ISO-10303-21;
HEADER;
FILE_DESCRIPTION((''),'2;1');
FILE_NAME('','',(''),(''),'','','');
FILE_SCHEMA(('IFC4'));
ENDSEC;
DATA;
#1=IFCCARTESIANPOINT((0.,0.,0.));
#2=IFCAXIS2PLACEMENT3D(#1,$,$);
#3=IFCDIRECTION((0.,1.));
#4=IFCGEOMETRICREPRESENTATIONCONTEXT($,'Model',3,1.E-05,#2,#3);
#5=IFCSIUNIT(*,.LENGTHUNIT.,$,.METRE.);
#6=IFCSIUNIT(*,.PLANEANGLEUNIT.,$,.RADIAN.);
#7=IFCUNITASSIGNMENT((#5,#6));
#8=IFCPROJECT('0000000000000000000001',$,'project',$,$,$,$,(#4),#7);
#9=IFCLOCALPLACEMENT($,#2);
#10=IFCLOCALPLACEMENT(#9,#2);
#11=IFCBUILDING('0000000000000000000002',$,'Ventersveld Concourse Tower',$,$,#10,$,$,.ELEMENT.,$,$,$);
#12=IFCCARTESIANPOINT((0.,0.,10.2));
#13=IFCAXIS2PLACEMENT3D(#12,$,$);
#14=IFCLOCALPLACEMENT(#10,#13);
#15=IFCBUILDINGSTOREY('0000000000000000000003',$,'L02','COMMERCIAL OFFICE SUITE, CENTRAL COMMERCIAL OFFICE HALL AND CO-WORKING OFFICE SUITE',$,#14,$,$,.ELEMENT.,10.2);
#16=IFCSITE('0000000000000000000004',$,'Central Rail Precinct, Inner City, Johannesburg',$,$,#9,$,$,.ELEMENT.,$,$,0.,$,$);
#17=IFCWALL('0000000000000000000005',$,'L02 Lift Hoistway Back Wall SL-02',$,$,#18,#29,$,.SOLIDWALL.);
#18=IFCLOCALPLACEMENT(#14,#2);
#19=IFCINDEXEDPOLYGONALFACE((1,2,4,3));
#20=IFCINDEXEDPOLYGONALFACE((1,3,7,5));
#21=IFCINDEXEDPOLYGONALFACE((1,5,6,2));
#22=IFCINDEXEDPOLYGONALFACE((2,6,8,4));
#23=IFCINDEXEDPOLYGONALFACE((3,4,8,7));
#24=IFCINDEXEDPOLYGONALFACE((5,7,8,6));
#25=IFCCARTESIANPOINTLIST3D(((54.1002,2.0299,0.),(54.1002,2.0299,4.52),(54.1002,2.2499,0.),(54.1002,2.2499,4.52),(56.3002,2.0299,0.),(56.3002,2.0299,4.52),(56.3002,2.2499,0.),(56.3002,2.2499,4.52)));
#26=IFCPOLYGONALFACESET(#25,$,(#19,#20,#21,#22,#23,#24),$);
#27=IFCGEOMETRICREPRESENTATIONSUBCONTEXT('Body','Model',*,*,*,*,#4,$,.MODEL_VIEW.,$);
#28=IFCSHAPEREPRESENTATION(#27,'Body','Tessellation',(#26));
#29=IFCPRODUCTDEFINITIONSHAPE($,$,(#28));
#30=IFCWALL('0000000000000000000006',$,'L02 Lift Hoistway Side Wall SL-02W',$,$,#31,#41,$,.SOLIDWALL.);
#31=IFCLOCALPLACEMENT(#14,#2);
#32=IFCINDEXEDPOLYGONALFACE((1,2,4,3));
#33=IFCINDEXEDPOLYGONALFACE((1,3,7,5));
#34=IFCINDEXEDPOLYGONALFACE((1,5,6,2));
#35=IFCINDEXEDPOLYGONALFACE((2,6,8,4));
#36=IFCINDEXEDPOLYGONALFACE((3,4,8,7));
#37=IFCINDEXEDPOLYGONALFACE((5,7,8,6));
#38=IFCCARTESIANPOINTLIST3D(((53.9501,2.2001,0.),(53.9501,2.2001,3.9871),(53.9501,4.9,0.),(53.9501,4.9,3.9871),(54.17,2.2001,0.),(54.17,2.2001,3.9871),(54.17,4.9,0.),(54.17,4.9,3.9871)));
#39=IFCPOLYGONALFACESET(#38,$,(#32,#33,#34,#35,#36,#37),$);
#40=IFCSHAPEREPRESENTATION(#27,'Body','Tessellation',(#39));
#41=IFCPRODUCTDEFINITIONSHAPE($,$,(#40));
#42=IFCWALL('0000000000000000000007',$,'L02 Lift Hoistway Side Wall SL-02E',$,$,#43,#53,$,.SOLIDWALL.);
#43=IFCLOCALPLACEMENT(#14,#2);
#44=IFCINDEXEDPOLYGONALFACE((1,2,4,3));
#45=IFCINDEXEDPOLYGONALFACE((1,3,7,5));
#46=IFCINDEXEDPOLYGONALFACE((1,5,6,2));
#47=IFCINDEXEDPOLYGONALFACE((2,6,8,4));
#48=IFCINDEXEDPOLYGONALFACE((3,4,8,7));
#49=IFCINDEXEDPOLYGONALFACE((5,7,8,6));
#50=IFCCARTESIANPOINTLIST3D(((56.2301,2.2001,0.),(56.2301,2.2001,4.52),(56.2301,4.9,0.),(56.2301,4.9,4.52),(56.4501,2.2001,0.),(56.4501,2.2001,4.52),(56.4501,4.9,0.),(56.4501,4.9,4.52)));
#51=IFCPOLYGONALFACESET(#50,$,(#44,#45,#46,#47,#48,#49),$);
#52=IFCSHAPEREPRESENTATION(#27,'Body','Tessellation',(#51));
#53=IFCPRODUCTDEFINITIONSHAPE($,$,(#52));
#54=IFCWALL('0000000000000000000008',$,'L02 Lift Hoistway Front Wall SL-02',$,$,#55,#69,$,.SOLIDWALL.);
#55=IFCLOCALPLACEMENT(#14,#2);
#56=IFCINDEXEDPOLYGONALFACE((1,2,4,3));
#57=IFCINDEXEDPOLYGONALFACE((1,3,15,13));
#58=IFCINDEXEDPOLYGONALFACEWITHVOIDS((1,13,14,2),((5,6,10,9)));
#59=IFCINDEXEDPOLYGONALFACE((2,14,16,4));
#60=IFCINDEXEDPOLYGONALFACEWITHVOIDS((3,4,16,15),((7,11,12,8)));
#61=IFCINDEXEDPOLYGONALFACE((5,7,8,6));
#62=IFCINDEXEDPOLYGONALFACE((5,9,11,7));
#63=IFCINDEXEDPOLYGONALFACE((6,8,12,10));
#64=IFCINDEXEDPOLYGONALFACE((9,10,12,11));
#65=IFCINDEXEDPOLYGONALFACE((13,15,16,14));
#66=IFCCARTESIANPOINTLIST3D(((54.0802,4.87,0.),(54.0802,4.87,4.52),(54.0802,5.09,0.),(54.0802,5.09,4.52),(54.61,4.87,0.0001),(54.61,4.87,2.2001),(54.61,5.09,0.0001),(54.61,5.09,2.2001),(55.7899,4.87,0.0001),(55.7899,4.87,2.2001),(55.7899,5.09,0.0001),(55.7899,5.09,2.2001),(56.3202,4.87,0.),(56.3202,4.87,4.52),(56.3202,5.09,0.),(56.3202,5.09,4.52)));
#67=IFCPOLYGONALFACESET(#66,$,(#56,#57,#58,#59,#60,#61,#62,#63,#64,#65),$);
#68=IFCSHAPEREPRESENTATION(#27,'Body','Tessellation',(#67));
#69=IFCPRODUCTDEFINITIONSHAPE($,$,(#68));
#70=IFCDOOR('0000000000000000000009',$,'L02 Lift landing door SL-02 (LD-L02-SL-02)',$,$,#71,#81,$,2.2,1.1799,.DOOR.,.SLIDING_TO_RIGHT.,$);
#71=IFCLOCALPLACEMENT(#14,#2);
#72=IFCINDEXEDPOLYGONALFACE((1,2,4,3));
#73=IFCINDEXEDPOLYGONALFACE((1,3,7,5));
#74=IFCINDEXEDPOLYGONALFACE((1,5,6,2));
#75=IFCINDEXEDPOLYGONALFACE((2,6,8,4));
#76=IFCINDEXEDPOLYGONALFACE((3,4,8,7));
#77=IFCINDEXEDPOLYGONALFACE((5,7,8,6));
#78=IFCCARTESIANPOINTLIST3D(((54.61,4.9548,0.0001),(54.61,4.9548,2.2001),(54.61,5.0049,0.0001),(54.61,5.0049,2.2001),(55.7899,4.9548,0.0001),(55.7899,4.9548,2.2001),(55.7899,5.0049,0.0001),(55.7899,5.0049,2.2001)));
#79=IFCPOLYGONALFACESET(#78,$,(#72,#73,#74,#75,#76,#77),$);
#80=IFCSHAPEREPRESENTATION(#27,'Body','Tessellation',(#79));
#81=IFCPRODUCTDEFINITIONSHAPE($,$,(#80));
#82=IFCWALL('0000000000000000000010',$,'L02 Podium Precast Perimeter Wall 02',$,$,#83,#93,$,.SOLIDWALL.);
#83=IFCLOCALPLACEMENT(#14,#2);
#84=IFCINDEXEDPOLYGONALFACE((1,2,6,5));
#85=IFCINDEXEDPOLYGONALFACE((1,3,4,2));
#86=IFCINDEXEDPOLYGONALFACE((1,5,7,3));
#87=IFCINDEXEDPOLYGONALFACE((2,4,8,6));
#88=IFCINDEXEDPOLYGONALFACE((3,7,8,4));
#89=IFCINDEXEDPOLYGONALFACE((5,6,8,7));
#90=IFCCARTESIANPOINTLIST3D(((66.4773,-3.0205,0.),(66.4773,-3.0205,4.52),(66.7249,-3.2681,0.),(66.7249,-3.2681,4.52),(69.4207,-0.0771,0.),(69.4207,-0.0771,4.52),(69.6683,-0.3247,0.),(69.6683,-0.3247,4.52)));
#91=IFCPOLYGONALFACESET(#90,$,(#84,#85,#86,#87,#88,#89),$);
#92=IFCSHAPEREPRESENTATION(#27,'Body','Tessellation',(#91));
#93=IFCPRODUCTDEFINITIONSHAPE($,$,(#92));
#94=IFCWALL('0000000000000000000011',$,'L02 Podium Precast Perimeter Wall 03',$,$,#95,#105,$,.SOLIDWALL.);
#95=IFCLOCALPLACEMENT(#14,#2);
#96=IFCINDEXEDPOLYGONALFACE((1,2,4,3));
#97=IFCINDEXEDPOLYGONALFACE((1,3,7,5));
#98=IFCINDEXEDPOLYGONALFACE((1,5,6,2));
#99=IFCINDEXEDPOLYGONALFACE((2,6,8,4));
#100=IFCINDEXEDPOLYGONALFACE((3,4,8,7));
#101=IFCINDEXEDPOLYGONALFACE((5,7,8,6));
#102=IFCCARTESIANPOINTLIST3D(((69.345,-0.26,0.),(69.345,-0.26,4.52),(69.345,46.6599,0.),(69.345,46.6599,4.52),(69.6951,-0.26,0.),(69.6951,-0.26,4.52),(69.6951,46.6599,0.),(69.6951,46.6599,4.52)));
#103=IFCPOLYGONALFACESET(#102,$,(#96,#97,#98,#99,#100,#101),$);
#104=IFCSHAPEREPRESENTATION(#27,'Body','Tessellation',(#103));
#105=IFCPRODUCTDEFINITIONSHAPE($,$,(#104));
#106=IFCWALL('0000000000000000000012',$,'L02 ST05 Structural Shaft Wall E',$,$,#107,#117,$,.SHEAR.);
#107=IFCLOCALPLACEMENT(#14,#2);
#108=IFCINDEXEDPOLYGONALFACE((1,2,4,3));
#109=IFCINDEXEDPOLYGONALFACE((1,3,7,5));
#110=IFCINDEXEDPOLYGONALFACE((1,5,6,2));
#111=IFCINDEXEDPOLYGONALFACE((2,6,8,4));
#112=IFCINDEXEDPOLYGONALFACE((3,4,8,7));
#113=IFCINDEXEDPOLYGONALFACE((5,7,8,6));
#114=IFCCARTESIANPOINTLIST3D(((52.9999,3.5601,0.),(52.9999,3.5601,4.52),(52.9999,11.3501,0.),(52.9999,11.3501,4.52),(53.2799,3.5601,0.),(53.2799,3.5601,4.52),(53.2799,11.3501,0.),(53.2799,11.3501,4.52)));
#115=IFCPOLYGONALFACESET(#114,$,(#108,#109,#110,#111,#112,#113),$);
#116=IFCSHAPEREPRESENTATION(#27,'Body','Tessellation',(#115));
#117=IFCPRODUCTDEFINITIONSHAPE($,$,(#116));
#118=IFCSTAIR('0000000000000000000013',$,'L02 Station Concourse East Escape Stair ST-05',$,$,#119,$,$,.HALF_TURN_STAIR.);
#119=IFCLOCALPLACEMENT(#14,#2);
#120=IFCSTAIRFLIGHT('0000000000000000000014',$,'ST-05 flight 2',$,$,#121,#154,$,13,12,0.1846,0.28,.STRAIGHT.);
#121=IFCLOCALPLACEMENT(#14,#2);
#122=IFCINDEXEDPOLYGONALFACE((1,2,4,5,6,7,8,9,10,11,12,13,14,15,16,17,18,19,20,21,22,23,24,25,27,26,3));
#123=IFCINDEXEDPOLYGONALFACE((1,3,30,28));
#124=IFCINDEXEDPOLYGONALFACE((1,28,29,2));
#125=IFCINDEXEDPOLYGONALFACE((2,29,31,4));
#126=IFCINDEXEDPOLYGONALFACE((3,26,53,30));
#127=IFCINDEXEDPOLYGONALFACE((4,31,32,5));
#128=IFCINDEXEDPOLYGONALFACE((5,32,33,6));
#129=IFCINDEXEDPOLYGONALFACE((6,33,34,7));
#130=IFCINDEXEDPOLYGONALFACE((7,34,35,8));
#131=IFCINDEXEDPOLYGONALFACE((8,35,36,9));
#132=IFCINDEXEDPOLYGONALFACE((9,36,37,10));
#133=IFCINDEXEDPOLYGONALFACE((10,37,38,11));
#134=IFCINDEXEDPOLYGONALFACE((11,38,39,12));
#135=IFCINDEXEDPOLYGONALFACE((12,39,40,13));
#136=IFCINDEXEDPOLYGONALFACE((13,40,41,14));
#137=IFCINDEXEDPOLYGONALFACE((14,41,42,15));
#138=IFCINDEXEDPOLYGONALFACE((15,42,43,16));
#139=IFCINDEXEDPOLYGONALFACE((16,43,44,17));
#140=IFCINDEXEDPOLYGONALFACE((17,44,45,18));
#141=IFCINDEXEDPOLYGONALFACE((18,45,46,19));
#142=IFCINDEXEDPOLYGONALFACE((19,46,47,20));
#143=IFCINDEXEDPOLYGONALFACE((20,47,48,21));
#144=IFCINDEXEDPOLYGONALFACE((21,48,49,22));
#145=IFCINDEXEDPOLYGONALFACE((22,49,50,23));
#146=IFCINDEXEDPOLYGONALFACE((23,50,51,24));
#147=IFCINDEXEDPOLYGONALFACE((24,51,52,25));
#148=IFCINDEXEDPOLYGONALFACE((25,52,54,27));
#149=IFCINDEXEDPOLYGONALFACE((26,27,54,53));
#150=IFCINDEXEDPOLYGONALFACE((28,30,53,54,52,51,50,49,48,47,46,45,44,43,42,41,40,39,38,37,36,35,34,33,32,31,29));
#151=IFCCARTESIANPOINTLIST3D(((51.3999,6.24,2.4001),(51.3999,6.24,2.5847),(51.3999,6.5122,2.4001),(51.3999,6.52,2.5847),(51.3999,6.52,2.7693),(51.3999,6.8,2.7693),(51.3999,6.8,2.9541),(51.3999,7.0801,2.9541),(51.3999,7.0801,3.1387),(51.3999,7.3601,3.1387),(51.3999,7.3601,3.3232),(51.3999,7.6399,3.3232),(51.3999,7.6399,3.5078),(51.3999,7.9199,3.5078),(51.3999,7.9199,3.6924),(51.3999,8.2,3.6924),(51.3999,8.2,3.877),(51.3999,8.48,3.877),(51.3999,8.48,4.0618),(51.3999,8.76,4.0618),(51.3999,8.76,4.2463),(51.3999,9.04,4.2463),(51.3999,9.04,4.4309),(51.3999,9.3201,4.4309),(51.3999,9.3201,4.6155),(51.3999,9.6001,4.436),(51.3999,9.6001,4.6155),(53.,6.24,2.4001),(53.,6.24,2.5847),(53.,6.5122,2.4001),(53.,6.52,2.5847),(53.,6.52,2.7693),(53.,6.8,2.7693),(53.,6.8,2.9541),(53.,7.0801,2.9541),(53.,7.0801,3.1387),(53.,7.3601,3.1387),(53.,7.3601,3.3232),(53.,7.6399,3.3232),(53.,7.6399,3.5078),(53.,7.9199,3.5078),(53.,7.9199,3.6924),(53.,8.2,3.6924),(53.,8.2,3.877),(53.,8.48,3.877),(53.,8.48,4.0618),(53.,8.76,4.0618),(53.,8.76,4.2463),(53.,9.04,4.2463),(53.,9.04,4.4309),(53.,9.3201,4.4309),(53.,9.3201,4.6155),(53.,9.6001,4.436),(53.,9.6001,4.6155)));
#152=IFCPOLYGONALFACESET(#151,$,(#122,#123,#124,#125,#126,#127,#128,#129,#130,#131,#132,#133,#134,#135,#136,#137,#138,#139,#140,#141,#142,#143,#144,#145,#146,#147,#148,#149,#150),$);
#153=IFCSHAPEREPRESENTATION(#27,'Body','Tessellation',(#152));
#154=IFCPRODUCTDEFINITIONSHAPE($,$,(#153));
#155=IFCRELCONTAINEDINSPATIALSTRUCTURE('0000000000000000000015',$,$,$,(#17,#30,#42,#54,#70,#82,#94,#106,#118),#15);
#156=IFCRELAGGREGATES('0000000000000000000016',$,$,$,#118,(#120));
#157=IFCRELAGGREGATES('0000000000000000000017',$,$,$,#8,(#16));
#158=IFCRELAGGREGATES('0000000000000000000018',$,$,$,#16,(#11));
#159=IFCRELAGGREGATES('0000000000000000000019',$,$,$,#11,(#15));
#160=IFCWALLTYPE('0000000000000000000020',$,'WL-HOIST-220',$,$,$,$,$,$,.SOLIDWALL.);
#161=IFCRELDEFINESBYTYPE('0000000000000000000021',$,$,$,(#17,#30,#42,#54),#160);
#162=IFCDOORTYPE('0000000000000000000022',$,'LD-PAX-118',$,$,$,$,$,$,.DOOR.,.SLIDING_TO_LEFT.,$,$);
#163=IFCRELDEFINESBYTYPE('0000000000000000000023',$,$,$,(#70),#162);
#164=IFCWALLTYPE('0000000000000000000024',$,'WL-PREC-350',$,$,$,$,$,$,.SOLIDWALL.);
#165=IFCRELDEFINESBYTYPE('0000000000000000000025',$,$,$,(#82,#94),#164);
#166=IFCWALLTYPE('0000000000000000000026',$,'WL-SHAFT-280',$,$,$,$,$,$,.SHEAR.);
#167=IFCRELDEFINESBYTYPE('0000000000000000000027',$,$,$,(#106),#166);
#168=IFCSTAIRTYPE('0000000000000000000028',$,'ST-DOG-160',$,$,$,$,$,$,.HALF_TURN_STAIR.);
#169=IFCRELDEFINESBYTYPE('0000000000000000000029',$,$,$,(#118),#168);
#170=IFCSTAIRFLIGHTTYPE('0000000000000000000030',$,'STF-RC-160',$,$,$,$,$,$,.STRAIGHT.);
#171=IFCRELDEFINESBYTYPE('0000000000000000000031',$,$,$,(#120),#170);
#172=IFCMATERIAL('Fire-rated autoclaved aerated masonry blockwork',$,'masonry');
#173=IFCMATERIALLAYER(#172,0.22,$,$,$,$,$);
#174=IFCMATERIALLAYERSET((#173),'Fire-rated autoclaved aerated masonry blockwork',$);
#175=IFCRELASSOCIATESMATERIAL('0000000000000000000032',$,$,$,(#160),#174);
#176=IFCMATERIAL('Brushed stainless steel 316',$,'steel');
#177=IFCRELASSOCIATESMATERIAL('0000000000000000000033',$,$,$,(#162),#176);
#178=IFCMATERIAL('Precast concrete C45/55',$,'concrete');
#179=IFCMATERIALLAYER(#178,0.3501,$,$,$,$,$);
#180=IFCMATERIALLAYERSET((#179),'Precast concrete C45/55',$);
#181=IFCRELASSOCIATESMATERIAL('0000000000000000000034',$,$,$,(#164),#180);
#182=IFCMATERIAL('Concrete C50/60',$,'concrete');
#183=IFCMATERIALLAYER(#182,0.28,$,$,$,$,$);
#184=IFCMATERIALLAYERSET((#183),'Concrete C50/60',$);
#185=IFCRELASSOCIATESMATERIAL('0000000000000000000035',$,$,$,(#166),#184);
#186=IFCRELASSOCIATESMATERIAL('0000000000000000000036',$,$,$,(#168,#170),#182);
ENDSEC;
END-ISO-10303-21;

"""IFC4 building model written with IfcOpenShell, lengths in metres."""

from ifc_helpers import new_model, si_unit, direction, frame, frame_2d, origin, place, context, subcontext, project, spatial, polyline, rectangle, outline, extrude, material, layer, layer_set, type_object, element, fill, aggregate, save


model = new_model("IFC4")

# Units and contexts
model_context = context("Model", 3, precision=1e-05, world=origin(), true_north=direction((0.0, 1.0)))
body_context = subcontext(model_context, "Body", "Model", "MODEL_VIEW")
ifc_project = project(units=[si_unit("LENGTHUNIT", "METRE"), si_unit("PLANEANGLEUNIT", "RADIAN")], contexts=[model_context])

# Site, building, storey
site_placement = place(None, origin())
site = spatial("IfcSite", under=ifc_project, at=site_placement, Name="Central Rail Precinct, Inner City, Johannesburg", CompositionType="ELEMENT", RefElevation=0.0)
building_placement = place(site_placement, origin())
building = spatial("IfcBuilding", under=site, at=building_placement, Name="Ventersveld Concourse Tower", CompositionType="ELEMENT")
storey_placement = place(building_placement, frame((0.0, 0.0, 10.2)))
storey = spatial("IfcBuildingStorey", under=building, at=storey_placement, Name="L02", Description="COMMERCIAL OFFICE SUITE, CENTRAL COMMERCIAL OFFICE HALL AND CO-WORKING OFFICE SUITE", CompositionType="ELEMENT", Elevation=10.2)

# Walls
ifc_material_1 = material(Name="Fire-rated autoclaved aerated masonry blockwork", Category="masonry")
ifc_layer_1 = layer(ifc_material_1, 0.22)
ifc_layer_set_1 = layer_set([ifc_layer_1], Name="Fire-rated autoclaved aerated masonry blockwork")
wall_type_1 = type_object("IfcWallType", Name="WL-HOIST-220", PredefinedType="SOLIDWALL", material=ifc_layer_set_1)
wall_1_placement = place(storey_placement, frame((54.1001, 2.1399, 0.0), z_axis=(0.0, 0.0, 1.0), x_axis=(1.0, 0.0, 0.0)))
element("IfcWall", 1, at=wall_1_placement, inside=storey, type_object=wall_type_1, Name="L02 Lift Hoistway Back Wall SL-02", PredefinedType="SOLIDWALL", context=body_context, shape_type="SweptSolid", body=[
    extrude(rectangle(XDim=2.2, YDim=0.22, at=frame_2d((1.1001, 0.0))), origin(), (0.0, 0.0, 1.0), 4.52),
])
wall_2_placement = place(storey_placement, frame((54.0601, 2.2, 0.0), z_axis=(0.0, 0.0, 1.0), x_axis=(0.0, 1.0, 0.0)))
element("IfcWall", 2, at=wall_2_placement, inside=storey, type_object=wall_type_1, Name="L02 Lift Hoistway Side Wall SL-02W", PredefinedType="SOLIDWALL", context=body_context, shape_type="SweptSolid", body=[
    extrude(rectangle(XDim=2.7, YDim=0.22, at=frame_2d((1.3501, 0.0))), origin(), (0.0, 0.0, 1.0), 3.9871),
])
wall_3_placement = place(storey_placement, frame((56.3401, 2.2, 0.0), z_axis=(0.0, 0.0, 1.0), x_axis=(0.0, 1.0, 0.0)))
element("IfcWall", 3, at=wall_3_placement, inside=storey, type_object=wall_type_1, Name="L02 Lift Hoistway Side Wall SL-02E", PredefinedType="SOLIDWALL", context=body_context, shape_type="SweptSolid", body=[
    extrude(rectangle(XDim=2.7, YDim=0.22, at=frame_2d((1.3501, 0.0))), origin(), (0.0, 0.0, 1.0), 4.52),
])

# Wall, opening, door
wall_4_placement = place(storey_placement, frame((54.0801, 4.98, 0.0), z_axis=(0.0, 0.0, 1.0), x_axis=(1.0, 0.0, 0.0)))
wall_4 = element("IfcWall", 4, at=wall_4_placement, inside=storey, type_object=wall_type_1, Name="L02 Lift Hoistway Front Wall SL-02", PredefinedType="SOLIDWALL", context=body_context, shape_type="SweptSolid", body=[
    extrude(rectangle(XDim=2.24, YDim=0.22, at=frame_2d((1.1201, 0.0))), origin(), (0.0, 0.0, 1.0), 4.52),
])
opening_placement = place(wall_4_placement, frame((0.53, 0.0, 0.0)))
opening = element("IfcOpeningElement", 5, at=opening_placement, cuts=wall_4, PredefinedType="OPENING", context=body_context, shape_type="SweptSolid", body=[
    extrude(rectangle(XDim=1.1799, YDim=2.2, at=frame_2d((0.5898, 1.1001))), frame((0.0, 0.1201, 0.0), z_axis=(0.0, -1.0, 0.0), x_axis=(1.0, 0.0, 0.0)), (0.0, 0.0, 1.0), 0.24),
])
ifc_material_2 = material(Name="Brushed stainless steel 316", Category="steel")
door_type = type_object("IfcDoorType", Name="LD-PAX-118", OperationType="SLIDING_TO_LEFT", PredefinedType="DOOR", material=ifc_material_2)
door_placement = place(opening_placement, origin())
door = element("IfcDoor", 6, at=door_placement, inside=storey, type_object=door_type, Name="L02 Lift landing door SL-02 (LD-L02-SL-02)", OperationType="SLIDING_TO_RIGHT", OverallHeight=2.2, OverallWidth=1.1799, PredefinedType="DOOR", context=body_context, shape_type="SweptSolid", body=[
    extrude(rectangle(XDim=1.1799, YDim=2.2, at=frame_2d((0.5898, 1.1001))), frame((0.0, 0.0249, 0.0), z_axis=(0.0, -1.0, 0.0), x_axis=(1.0, 0.0, 0.0)), (0.0, 0.0, 1.0), 0.05),
])
fill(opening, door)

# Walls
ifc_material_3 = material(Name="Precast concrete C45/55", Category="concrete")
ifc_layer_2 = layer(ifc_material_3, 0.3501)
ifc_layer_set_2 = layer_set([ifc_layer_2], Name="Precast concrete C45/55")
wall_type_2 = type_object("IfcWallType", Name="WL-PREC-350", PredefinedType="SOLIDWALL", material=ifc_layer_set_2)
wall_5_placement = place(storey_placement, frame((66.6011, -3.1443, 0.0), z_axis=(0.0, 0.0, 1.0), x_axis=(0.707107, 0.707107, 0.0)))
element("IfcWall", 7, at=wall_5_placement, inside=storey, type_object=wall_type_2, Name="L02 Podium Precast Perimeter Wall 02", PredefinedType="SOLIDWALL", context=body_context, shape_type="SweptSolid", body=[
    extrude(rectangle(XDim=4.1626, YDim=0.3501, at=frame_2d((2.0813, 0.0))), origin(), (0.0, 0.0, 1.0), 4.52),
])
wall_6_placement = place(storey_placement, frame((69.52, -0.26, 0.0), z_axis=(0.0, 0.0, 1.0), x_axis=(0.0, 1.0, 0.0)))
element("IfcWall", 8, at=wall_6_placement, inside=storey, type_object=wall_type_2, Name="L02 Podium Precast Perimeter Wall 03", PredefinedType="SOLIDWALL", context=body_context, shape_type="SweptSolid", body=[
    extrude(rectangle(XDim=46.9199, YDim=0.3501, at=frame_2d((23.46, 0.0))), origin(), (0.0, 0.0, 1.0), 4.52),
])
ifc_material_4 = material(Name="Concrete C50/60", Category="concrete")
ifc_layer_3 = layer(ifc_material_4, 0.28)
ifc_layer_set_3 = layer_set([ifc_layer_3], Name="Concrete C50/60")
wall_type_3 = type_object("IfcWallType", Name="WL-SHAFT-280", PredefinedType="SHEAR", material=ifc_layer_set_3)
wall_7_placement = place(storey_placement, frame((53.1399, 3.5601, 0.0), z_axis=(0.0, 0.0, 1.0), x_axis=(0.0, 1.0, 0.0)))
element("IfcWall", 9, at=wall_7_placement, inside=storey, type_object=wall_type_3, Name="L02 ST05 Structural Shaft Wall E", PredefinedType="SHEAR", context=body_context, shape_type="SweptSolid", body=[
    extrude(rectangle(XDim=7.79, YDim=0.28, at=frame_2d((3.895, 0.0))), origin(), (0.0, 0.0, 1.0), 4.52),
])

# Stair, stair flight
stair_type = type_object("IfcStairType", Name="ST-DOG-160", PredefinedType="HALF_TURN_STAIR", material=ifc_material_4)
stair_placement = place(storey_placement, origin())
stair = element("IfcStair", 10, at=stair_placement, inside=storey, type_object=stair_type, Name="L02 Station Concourse East Escape Stair ST-05", PredefinedType="HALF_TURN_STAIR")
stair_flight_type = type_object("IfcStairFlightType", Name="STF-RC-160", PredefinedType="STRAIGHT", material=ifc_material_4)
stair_flight_placement = place(storey_placement, frame((52.2, 6.24, 2.4001), z_axis=(0.0, 0.0, 1.0), x_axis=(0.0, 1.0, 0.0)))
stair_flight = element("IfcStairFlight", 11, at=stair_flight_placement, type_object=stair_flight_type, Name="ST-05 flight 2", NumberOfRisers=13, NumberOfTreads=12, PredefinedType="STRAIGHT", RiserHeight=0.1846, TreadLength=0.28, context=body_context, shape_type="SweptSolid", body=[
    extrude(outline(polyline([(0.0, 0.0), (0.0, 0.1846), (0.28, 0.1846), (0.28, 0.3691), (0.5601, 0.3691), (0.5601, 0.554), (0.8401, 0.554), (0.8401, 0.7385), (1.1201, 0.7385), (1.1201, 0.9231), (1.3999, 0.9231), (1.3999, 1.1077), (1.6799, 1.1077), (1.6799, 1.2922), (1.96, 1.2922), (1.96, 1.4768), (2.24, 1.4768), (2.24, 1.6616), (2.52, 1.6616), (2.52, 1.8462), (2.8, 1.8462), (2.8, 2.0308), (3.0801, 2.0308), (3.0801, 2.2153), (3.3601, 2.2153), (3.3601, 2.3999), (3.3601, 2.0359), (0.2722, 0.0), (0.0, 0.0)])), frame((0.0, 0.8, 0.0), z_axis=(0.0, -1.0, 0.0), x_axis=(1.0, 0.0, 0.0)), (0.0, 0.0, 1.0), 1.6001),
])
aggregate(stair, [stair_flight])

save(model, "model.ifc")
